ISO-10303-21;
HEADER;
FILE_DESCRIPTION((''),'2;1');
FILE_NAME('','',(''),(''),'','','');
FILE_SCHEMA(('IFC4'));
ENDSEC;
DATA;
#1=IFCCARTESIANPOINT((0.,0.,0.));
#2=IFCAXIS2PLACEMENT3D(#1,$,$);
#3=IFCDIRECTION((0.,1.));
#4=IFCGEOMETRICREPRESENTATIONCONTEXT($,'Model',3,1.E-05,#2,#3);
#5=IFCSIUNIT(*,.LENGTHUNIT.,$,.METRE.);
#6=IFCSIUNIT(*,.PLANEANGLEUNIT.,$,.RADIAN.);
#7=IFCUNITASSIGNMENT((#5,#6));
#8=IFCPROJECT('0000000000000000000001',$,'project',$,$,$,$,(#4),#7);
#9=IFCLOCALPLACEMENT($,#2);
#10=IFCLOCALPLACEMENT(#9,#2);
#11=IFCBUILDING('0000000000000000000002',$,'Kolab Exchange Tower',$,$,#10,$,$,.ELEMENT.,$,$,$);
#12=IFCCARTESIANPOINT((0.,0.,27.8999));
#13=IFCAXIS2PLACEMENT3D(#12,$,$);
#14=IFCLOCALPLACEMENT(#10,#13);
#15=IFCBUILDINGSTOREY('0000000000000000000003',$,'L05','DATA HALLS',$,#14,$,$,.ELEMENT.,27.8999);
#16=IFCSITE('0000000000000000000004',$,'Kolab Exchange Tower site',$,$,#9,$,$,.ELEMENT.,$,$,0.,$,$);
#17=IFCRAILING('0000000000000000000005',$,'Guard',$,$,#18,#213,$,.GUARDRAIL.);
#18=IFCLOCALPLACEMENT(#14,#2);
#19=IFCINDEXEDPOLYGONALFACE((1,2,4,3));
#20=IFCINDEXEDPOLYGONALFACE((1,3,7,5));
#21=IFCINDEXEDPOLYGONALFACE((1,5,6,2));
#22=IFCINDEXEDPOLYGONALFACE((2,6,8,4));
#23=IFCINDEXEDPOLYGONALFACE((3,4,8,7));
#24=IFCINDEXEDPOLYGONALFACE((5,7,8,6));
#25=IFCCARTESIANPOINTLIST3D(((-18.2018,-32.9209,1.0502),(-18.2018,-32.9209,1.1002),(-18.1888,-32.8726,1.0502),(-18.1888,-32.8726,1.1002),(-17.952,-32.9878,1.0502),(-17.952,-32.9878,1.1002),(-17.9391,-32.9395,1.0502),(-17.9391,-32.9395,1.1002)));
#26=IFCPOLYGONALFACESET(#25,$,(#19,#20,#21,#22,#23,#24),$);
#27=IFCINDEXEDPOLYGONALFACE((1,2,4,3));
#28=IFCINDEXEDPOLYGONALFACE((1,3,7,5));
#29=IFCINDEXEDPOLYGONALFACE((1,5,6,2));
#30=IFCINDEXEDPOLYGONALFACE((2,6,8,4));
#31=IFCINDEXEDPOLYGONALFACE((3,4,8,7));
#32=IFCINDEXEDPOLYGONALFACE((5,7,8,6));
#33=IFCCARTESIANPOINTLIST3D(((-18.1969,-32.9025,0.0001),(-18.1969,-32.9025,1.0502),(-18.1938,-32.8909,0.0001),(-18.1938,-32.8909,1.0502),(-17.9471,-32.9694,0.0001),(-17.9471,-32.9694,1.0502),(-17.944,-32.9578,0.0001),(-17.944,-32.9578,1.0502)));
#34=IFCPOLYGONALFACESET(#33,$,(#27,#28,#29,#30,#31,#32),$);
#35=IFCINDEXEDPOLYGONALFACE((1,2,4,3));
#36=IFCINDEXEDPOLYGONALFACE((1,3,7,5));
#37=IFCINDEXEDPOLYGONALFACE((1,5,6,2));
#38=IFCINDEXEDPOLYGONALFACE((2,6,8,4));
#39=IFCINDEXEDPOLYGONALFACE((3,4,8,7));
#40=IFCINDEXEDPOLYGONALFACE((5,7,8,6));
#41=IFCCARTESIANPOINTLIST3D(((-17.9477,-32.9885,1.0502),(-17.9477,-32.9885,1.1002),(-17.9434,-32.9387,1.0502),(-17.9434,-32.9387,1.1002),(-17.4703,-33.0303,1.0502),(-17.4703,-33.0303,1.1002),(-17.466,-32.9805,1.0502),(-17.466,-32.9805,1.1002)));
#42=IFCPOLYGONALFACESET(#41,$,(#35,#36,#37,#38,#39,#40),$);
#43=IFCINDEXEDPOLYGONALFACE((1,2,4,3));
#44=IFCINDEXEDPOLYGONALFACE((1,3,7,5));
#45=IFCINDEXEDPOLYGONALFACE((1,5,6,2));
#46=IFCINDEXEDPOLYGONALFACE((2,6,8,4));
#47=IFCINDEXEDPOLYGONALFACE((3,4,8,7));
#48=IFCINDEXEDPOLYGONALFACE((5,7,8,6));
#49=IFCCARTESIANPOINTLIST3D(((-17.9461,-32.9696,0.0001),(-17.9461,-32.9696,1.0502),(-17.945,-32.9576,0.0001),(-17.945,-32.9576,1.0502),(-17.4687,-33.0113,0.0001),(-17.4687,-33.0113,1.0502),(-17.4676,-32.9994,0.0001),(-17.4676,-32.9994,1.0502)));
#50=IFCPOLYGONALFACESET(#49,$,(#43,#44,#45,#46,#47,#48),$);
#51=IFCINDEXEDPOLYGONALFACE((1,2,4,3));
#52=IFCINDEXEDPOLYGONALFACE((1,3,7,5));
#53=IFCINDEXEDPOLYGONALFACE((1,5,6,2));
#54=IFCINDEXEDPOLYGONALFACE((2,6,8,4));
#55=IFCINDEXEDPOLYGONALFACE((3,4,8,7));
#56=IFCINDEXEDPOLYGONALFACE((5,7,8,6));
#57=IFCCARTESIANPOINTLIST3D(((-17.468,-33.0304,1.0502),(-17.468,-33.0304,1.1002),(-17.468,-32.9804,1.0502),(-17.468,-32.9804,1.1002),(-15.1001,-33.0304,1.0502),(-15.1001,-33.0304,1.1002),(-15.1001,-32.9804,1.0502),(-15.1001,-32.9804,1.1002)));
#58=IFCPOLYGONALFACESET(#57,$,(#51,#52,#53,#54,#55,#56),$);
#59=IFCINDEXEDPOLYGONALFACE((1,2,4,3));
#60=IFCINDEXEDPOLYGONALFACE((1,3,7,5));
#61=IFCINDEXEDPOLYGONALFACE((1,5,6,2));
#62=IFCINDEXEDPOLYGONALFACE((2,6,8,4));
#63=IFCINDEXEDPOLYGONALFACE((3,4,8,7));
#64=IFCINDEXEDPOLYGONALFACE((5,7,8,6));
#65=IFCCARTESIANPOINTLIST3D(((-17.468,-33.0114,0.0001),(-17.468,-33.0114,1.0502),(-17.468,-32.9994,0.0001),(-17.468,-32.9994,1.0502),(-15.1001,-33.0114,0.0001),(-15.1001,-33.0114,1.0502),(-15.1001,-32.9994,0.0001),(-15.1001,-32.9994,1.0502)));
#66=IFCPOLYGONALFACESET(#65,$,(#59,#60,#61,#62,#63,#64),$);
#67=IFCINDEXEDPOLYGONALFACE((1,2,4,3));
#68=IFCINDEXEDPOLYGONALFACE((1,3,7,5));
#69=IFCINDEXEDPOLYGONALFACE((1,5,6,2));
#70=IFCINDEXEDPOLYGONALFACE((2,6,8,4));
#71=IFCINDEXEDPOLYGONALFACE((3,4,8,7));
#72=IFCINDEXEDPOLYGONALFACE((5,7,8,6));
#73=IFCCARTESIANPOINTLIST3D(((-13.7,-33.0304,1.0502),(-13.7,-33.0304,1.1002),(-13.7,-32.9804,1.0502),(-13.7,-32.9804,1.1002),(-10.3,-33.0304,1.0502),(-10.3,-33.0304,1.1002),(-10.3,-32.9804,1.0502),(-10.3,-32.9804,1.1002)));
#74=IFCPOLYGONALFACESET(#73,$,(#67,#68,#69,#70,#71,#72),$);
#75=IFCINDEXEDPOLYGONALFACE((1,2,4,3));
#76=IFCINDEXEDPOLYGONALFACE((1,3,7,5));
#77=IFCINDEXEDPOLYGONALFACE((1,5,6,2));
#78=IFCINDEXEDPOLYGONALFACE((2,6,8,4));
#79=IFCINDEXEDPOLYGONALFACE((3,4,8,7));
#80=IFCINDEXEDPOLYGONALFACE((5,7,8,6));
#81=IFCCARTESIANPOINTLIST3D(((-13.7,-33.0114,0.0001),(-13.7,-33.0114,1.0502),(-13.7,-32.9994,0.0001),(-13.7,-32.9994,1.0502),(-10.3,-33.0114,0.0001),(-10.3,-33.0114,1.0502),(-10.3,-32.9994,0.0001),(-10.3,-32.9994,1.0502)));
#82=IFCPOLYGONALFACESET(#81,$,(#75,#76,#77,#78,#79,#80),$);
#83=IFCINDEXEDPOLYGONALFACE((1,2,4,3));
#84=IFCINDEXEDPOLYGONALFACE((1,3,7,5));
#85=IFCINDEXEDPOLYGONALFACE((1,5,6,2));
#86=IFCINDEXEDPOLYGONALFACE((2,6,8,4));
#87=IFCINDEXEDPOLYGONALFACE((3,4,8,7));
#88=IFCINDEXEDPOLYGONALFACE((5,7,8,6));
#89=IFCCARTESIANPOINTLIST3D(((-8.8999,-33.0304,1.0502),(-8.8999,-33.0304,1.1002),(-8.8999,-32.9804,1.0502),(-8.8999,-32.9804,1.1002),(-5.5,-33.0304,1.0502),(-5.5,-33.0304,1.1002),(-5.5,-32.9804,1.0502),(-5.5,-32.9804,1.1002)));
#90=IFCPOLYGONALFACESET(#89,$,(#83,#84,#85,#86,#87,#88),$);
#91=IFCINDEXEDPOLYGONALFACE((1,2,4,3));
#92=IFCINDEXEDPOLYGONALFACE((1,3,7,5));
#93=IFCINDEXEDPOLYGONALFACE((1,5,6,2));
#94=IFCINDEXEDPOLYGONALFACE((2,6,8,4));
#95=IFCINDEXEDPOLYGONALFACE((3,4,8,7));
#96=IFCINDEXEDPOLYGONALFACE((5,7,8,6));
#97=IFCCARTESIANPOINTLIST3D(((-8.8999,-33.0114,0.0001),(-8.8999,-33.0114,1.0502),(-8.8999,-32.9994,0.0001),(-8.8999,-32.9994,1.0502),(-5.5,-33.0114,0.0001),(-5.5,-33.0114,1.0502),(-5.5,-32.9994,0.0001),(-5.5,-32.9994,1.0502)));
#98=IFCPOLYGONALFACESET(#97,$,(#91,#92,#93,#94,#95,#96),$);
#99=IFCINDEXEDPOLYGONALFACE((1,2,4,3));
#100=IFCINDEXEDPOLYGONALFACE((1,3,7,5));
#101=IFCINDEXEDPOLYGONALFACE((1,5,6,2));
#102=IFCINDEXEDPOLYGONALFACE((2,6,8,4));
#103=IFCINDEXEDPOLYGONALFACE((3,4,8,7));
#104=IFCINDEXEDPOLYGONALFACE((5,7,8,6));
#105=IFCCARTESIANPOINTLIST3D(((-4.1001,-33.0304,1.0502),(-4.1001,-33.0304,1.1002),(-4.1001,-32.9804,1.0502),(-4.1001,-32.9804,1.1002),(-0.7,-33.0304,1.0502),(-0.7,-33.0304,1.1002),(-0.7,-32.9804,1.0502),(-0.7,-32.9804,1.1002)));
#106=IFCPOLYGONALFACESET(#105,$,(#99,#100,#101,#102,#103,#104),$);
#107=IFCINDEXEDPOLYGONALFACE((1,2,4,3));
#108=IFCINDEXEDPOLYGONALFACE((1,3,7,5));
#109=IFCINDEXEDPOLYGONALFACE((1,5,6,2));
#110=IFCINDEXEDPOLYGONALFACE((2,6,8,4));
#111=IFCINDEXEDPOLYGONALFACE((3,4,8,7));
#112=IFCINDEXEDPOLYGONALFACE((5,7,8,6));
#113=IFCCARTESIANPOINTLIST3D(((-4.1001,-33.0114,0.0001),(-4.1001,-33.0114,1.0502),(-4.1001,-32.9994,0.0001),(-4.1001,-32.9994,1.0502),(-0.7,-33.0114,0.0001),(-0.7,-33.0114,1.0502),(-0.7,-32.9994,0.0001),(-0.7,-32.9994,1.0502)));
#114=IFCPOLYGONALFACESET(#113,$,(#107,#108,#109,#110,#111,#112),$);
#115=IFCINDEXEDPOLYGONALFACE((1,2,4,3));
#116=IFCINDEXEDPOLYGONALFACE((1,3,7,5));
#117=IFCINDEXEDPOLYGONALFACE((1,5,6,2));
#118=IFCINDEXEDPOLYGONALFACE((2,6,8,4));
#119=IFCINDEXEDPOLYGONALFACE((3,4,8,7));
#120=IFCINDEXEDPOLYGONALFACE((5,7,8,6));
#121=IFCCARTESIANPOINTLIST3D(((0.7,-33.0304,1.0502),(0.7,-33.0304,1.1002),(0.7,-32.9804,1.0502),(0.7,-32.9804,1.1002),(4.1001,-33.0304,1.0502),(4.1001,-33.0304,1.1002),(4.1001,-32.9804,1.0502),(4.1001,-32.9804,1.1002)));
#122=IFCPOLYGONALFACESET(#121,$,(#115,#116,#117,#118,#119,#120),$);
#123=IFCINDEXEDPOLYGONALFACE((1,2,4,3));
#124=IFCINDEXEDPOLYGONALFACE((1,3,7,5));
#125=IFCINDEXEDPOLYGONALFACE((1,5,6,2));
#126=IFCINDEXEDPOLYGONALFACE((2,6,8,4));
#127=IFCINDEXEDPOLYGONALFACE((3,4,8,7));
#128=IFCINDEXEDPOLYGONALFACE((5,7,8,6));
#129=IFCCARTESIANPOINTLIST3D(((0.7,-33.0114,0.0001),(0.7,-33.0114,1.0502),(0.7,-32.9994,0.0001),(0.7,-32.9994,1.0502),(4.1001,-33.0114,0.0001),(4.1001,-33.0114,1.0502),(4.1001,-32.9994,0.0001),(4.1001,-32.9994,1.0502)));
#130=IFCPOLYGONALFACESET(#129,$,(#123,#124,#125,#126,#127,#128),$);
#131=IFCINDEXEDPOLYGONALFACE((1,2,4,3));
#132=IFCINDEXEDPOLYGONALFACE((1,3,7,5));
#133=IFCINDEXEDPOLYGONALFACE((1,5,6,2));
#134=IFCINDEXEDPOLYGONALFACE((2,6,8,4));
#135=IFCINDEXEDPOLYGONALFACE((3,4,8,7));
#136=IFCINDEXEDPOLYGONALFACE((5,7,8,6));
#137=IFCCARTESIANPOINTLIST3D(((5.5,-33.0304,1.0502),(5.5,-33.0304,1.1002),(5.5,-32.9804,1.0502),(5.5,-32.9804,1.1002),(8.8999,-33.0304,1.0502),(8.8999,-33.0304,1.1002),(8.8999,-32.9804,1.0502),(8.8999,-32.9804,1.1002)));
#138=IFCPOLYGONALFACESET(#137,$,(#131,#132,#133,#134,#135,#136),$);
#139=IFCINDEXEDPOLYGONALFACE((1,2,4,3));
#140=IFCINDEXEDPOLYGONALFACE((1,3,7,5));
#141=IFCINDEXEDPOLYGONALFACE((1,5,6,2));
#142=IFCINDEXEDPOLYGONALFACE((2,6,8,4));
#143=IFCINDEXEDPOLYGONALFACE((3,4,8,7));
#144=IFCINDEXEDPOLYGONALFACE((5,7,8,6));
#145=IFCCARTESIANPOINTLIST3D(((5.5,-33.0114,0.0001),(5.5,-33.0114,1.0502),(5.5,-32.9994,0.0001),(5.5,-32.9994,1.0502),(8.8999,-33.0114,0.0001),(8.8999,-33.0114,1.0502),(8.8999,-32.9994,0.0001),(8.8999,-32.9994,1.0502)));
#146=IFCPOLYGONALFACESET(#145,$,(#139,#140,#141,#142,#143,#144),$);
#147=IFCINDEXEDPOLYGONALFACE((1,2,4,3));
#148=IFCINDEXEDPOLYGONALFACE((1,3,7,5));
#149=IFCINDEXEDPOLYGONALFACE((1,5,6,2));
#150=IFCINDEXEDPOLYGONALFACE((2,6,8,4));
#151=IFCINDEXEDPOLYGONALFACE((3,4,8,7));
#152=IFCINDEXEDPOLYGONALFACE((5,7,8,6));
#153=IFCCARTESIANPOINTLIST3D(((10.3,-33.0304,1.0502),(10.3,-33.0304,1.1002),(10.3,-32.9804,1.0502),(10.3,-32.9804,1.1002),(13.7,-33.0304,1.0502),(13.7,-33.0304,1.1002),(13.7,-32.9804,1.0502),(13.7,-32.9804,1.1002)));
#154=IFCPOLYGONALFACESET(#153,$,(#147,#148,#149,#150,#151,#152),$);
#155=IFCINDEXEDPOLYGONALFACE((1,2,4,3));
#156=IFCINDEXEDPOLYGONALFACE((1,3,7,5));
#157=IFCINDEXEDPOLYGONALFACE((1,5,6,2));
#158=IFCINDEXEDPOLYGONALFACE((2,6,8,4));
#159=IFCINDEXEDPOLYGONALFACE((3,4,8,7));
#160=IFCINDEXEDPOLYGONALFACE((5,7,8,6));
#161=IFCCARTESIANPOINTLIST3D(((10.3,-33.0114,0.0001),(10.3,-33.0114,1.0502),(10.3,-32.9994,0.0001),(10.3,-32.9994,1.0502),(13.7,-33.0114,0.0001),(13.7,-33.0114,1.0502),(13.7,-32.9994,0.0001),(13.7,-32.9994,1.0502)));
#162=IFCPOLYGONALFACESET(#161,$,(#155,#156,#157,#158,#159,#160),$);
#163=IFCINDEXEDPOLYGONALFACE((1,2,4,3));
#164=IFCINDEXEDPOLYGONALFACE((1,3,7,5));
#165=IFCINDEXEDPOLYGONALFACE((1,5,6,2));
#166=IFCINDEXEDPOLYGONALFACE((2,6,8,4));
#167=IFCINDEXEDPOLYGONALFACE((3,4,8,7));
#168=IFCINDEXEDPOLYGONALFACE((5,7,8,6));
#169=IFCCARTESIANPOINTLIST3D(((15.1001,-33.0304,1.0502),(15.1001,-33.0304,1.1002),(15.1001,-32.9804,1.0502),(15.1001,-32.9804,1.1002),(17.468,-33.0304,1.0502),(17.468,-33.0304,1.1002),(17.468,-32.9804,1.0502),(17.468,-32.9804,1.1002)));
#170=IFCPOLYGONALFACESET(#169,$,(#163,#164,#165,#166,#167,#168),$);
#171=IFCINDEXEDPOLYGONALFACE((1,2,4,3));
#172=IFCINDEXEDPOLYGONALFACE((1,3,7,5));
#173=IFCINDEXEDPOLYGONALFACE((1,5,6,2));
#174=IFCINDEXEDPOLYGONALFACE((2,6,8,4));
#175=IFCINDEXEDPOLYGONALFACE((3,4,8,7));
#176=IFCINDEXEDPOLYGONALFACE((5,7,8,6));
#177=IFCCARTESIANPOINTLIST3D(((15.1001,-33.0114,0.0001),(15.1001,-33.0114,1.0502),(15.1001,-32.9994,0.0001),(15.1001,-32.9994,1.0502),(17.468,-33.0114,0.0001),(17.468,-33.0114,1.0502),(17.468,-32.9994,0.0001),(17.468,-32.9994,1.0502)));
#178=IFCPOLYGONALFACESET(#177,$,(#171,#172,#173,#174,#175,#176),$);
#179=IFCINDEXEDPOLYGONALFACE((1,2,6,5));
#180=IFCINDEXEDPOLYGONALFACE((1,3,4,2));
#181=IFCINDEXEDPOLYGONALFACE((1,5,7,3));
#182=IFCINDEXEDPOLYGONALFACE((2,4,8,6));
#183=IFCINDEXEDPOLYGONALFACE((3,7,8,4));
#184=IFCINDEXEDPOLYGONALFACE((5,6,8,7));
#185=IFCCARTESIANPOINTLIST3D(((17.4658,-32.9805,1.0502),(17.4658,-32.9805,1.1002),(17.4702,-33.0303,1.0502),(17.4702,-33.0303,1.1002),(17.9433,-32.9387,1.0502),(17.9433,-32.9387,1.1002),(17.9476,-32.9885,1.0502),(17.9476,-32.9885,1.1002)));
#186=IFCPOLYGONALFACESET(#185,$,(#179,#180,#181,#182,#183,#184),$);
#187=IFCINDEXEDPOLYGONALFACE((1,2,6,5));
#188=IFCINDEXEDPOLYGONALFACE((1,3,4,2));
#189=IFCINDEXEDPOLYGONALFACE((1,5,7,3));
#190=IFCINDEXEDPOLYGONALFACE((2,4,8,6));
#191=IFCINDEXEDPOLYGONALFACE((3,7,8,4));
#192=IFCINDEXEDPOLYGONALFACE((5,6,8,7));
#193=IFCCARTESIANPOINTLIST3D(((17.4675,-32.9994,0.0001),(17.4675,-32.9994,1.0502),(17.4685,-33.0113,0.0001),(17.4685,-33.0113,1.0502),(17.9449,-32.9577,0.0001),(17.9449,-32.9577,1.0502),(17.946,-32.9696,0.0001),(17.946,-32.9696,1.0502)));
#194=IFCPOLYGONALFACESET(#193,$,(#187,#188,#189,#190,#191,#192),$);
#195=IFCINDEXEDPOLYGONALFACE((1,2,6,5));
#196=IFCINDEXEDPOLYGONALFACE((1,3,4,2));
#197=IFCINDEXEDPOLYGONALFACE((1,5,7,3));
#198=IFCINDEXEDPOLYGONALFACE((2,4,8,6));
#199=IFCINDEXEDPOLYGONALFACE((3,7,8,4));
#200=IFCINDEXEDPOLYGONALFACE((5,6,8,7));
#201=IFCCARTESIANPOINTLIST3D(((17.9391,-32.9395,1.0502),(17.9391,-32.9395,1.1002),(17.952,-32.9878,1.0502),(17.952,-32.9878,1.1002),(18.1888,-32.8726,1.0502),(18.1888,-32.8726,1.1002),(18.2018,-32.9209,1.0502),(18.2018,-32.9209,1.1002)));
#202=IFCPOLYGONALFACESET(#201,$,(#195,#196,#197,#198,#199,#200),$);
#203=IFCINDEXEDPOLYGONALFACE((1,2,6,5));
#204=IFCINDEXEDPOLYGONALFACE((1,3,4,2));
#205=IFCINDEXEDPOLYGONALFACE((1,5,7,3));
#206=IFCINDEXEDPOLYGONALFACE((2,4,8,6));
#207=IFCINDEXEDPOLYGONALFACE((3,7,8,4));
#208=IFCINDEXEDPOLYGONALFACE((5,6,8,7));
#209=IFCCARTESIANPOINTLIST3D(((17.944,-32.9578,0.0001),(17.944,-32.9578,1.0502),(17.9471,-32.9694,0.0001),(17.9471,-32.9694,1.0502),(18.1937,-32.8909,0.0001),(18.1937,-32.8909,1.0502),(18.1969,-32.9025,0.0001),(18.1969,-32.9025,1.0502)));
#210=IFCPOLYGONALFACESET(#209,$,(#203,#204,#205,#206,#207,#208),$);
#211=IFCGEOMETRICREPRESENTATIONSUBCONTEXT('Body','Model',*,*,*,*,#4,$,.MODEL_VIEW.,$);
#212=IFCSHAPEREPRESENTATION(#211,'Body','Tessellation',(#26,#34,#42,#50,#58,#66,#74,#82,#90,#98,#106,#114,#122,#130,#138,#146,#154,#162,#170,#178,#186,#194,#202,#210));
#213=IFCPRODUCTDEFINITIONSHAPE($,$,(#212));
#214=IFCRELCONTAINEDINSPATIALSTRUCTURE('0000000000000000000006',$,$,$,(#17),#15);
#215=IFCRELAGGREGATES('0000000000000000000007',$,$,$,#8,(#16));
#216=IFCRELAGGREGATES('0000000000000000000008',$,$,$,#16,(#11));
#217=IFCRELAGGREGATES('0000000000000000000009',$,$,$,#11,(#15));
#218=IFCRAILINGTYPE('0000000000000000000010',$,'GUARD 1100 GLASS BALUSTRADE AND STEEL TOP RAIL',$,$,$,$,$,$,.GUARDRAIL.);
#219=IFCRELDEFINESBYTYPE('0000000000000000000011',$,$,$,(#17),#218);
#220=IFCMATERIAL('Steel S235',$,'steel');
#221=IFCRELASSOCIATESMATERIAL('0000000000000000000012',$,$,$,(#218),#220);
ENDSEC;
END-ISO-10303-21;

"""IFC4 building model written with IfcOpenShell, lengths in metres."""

from ifc_helpers import new_model, si_unit, direction, frame, frame_2d, origin, origin_2d, place, context, subcontext, project, spatial, rectangle, extrude, material, type_object, element, save


model = new_model("IFC4")

# Units and contexts
model_context = context("Model", 3, precision=1e-05, world=origin(), true_north=direction((0.0, 1.0)))
body_context = subcontext(model_context, "Body", "Model", "MODEL_VIEW")
ifc_project = project(units=[si_unit("LENGTHUNIT", "METRE"), si_unit("PLANEANGLEUNIT", "RADIAN")], contexts=[model_context])

# Site, building, storey
site_placement = place(None, origin())
site = spatial("IfcSite", under=ifc_project, at=site_placement, Name="Kolab Exchange Tower site", CompositionType="ELEMENT", RefElevation=0.0)
building_placement = place(site_placement, origin())
building = spatial("IfcBuilding", under=site, at=building_placement, Name="Kolab Exchange Tower", CompositionType="ELEMENT")
storey_placement = place(building_placement, frame((0.0, 0.0, 27.8999)))
storey = spatial("IfcBuildingStorey", under=building, at=storey_placement, Name="L05", Description="DATA HALLS", CompositionType="ELEMENT", Elevation=27.8999)

# Railing
ifc_material_1 = material(Name="Steel S235", Category="steel")
railing_type = type_object("IfcRailingType", Name="GUARD 1100 GLASS BALUSTRADE AND STEEL TOP RAIL", PredefinedType="GUARDRAIL", material=ifc_material_1)
railing_placement = place(storey_placement, frame((-18.1953, -32.8967, 0.0)))
element("IfcRailing", 1, at=railing_placement, inside=storey, type_object=railing_type, Name="Guard", PredefinedType="GUARDRAIL", context=body_context, shape_type="SweptSolid", body=[
    extrude(rectangle(XDim=0.05, YDim=0.05, at=origin_2d()), frame((0.0, 0.0, 1.0752), z_axis=(0.965952, -0.25872, 0.0), x_axis=(0.25872, 0.965952, 0.0)), (0.0, 0.0, 1.0), 0.2585),
    extrude(rectangle(XDim=0.012, YDim=1.0501, at=frame_2d((0.0, 0.5251))), frame((0.0, 0.0, 0.0), z_axis=(0.965952, -0.25872, 0.0), x_axis=(0.25872, 0.965952, 0.0)), (0.0, 0.0, 1.0), 0.2585),
    extrude(rectangle(XDim=0.05, YDim=0.05, at=origin_2d()), frame((0.2498, -0.0669, 1.0752), z_axis=(0.9962, -0.087091, 0.0), x_axis=(0.087091, 0.9962, 0.0)), (0.0, 0.0, 1.0), 0.4792),
    extrude(rectangle(XDim=0.012, YDim=1.0501, at=frame_2d((0.0, 0.5251))), frame((0.2498, -0.0669, 0.0), z_axis=(0.9962, -0.087091, 0.0), x_axis=(0.087091, 0.9962, 0.0)), (0.0, 0.0, 1.0), 0.4792),
    extrude(rectangle(XDim=0.05, YDim=0.05, at=origin_2d()), frame((0.7273, -0.1086, 1.0752), z_axis=(1.0, 0.0, 0.0), x_axis=(0.0, 1.0, 0.0)), (0.0, 0.0, 1.0), 2.3679),
    extrude(rectangle(XDim=0.012, YDim=1.0501, at=frame_2d((0.0, 0.5251))), frame((0.7273, -0.1086, 0.0), z_axis=(1.0, 0.0, 0.0), x_axis=(0.0, 1.0, 0.0)), (0.0, 0.0, 1.0), 2.3679),
    extrude(rectangle(XDim=0.05, YDim=0.05, at=origin_2d()), frame((4.4954, -0.1086, 1.0752), z_axis=(1.0, 0.0, 0.0), x_axis=(0.0, 1.0, 0.0)), (0.0, 0.0, 1.0), 3.3999),
    extrude(rectangle(XDim=0.012, YDim=1.0501, at=frame_2d((0.0, 0.5251))), frame((4.4954, -0.1086, 0.0), z_axis=(1.0, 0.0, 0.0), x_axis=(0.0, 1.0, 0.0)), (0.0, 0.0, 1.0), 3.3999),
    extrude(rectangle(XDim=0.05, YDim=0.05, at=origin_2d()), frame((9.2954, -0.1086, 1.0752), z_axis=(1.0, 0.0, 0.0), x_axis=(0.0, 1.0, 0.0)), (0.0, 0.0, 1.0), 3.3999),
    extrude(rectangle(XDim=0.012, YDim=1.0501, at=frame_2d((0.0, 0.5251))), frame((9.2954, -0.1086, 0.0), z_axis=(1.0, 0.0, 0.0), x_axis=(0.0, 1.0, 0.0)), (0.0, 0.0, 1.0), 3.3999),
    extrude(rectangle(XDim=0.05, YDim=0.05, at=origin_2d()), frame((14.0952, -0.1086, 1.0752), z_axis=(1.0, 0.0, 0.0), x_axis=(0.0, 1.0, 0.0)), (0.0, 0.0, 1.0), 3.4001),
    extrude(rectangle(XDim=0.012, YDim=1.0501, at=frame_2d((0.0, 0.5251))), frame((14.0952, -0.1086, 0.0), z_axis=(1.0, 0.0, 0.0), x_axis=(0.0, 1.0, 0.0)), (0.0, 0.0, 1.0), 3.4001),
    extrude(rectangle(XDim=0.05, YDim=0.05, at=origin_2d()), frame((18.8953, -0.1086, 1.0752), z_axis=(1.0, 0.0, 0.0), x_axis=(0.0, 1.0, 0.0)), (0.0, 0.0, 1.0), 3.4001),
    extrude(rectangle(XDim=0.012, YDim=1.0501, at=frame_2d((0.0, 0.5251))), frame((18.8953, -0.1086, 0.0), z_axis=(1.0, 0.0, 0.0), x_axis=(0.0, 1.0, 0.0)), (0.0, 0.0, 1.0), 3.4001),
    extrude(rectangle(XDim=0.05, YDim=0.05, at=origin_2d()), frame((23.6953, -0.1086, 1.0752), z_axis=(1.0, 0.0, 0.0), x_axis=(0.0, 1.0, 0.0)), (0.0, 0.0, 1.0), 3.3999),
    extrude(rectangle(XDim=0.012, YDim=1.0501, at=frame_2d((0.0, 0.5251))), frame((23.6953, -0.1086, 0.0), z_axis=(1.0, 0.0, 0.0), x_axis=(0.0, 1.0, 0.0)), (0.0, 0.0, 1.0), 3.3999),
    extrude(rectangle(XDim=0.05, YDim=0.05, at=origin_2d()), frame((28.4954, -0.1086, 1.0752), z_axis=(1.0, 0.0, 0.0), x_axis=(0.0, 1.0, 0.0)), (0.0, 0.0, 1.0), 3.3999),
    extrude(rectangle(XDim=0.012, YDim=1.0501, at=frame_2d((0.0, 0.5251))), frame((28.4954, -0.1086, 0.0), z_axis=(1.0, 0.0, 0.0), x_axis=(0.0, 1.0, 0.0)), (0.0, 0.0, 1.0), 3.3999),
    extrude(rectangle(XDim=0.05, YDim=0.05, at=origin_2d()), frame((33.2954, -0.1086, 1.0752), z_axis=(1.0, 0.0, 0.0), x_axis=(0.0, 1.0, 0.0)), (0.0, 0.0, 1.0), 2.3679),
    extrude(rectangle(XDim=0.012, YDim=1.0501, at=frame_2d((0.0, 0.5251))), frame((33.2954, -0.1086, 0.0), z_axis=(1.0, 0.0, 0.0), x_axis=(0.0, 1.0, 0.0)), (0.0, 0.0, 1.0), 2.3679),
    extrude(rectangle(XDim=0.05, YDim=0.05, at=origin_2d()), frame((35.6633, -0.1086, 1.0752), z_axis=(0.9962, 0.087091, 0.0), x_axis=(-0.087091, 0.9962, 0.0)), (0.0, 0.0, 1.0), 0.4792),
    extrude(rectangle(XDim=0.012, YDim=1.0501, at=frame_2d((0.0, 0.5251))), frame((35.6633, -0.1086, 0.0), z_axis=(0.9962, 0.087091, 0.0), x_axis=(-0.087091, 0.9962, 0.0)), (0.0, 0.0, 1.0), 0.4792),
    extrude(rectangle(XDim=0.05, YDim=0.05, at=origin_2d()), frame((36.1409, -0.0669, 1.0752), z_axis=(0.965952, 0.25872, 0.0), x_axis=(-0.25872, 0.965952, 0.0)), (0.0, 0.0, 1.0), 0.2585),
    extrude(rectangle(XDim=0.012, YDim=1.0501, at=frame_2d((0.0, 0.5251))), frame((36.1409, -0.0669, 0.0), z_axis=(0.965952, 0.25872, 0.0), x_axis=(-0.25872, 0.965952, 0.0)), (0.0, 0.0, 1.0), 0.2585),
])

save(model, "model.ifc")
